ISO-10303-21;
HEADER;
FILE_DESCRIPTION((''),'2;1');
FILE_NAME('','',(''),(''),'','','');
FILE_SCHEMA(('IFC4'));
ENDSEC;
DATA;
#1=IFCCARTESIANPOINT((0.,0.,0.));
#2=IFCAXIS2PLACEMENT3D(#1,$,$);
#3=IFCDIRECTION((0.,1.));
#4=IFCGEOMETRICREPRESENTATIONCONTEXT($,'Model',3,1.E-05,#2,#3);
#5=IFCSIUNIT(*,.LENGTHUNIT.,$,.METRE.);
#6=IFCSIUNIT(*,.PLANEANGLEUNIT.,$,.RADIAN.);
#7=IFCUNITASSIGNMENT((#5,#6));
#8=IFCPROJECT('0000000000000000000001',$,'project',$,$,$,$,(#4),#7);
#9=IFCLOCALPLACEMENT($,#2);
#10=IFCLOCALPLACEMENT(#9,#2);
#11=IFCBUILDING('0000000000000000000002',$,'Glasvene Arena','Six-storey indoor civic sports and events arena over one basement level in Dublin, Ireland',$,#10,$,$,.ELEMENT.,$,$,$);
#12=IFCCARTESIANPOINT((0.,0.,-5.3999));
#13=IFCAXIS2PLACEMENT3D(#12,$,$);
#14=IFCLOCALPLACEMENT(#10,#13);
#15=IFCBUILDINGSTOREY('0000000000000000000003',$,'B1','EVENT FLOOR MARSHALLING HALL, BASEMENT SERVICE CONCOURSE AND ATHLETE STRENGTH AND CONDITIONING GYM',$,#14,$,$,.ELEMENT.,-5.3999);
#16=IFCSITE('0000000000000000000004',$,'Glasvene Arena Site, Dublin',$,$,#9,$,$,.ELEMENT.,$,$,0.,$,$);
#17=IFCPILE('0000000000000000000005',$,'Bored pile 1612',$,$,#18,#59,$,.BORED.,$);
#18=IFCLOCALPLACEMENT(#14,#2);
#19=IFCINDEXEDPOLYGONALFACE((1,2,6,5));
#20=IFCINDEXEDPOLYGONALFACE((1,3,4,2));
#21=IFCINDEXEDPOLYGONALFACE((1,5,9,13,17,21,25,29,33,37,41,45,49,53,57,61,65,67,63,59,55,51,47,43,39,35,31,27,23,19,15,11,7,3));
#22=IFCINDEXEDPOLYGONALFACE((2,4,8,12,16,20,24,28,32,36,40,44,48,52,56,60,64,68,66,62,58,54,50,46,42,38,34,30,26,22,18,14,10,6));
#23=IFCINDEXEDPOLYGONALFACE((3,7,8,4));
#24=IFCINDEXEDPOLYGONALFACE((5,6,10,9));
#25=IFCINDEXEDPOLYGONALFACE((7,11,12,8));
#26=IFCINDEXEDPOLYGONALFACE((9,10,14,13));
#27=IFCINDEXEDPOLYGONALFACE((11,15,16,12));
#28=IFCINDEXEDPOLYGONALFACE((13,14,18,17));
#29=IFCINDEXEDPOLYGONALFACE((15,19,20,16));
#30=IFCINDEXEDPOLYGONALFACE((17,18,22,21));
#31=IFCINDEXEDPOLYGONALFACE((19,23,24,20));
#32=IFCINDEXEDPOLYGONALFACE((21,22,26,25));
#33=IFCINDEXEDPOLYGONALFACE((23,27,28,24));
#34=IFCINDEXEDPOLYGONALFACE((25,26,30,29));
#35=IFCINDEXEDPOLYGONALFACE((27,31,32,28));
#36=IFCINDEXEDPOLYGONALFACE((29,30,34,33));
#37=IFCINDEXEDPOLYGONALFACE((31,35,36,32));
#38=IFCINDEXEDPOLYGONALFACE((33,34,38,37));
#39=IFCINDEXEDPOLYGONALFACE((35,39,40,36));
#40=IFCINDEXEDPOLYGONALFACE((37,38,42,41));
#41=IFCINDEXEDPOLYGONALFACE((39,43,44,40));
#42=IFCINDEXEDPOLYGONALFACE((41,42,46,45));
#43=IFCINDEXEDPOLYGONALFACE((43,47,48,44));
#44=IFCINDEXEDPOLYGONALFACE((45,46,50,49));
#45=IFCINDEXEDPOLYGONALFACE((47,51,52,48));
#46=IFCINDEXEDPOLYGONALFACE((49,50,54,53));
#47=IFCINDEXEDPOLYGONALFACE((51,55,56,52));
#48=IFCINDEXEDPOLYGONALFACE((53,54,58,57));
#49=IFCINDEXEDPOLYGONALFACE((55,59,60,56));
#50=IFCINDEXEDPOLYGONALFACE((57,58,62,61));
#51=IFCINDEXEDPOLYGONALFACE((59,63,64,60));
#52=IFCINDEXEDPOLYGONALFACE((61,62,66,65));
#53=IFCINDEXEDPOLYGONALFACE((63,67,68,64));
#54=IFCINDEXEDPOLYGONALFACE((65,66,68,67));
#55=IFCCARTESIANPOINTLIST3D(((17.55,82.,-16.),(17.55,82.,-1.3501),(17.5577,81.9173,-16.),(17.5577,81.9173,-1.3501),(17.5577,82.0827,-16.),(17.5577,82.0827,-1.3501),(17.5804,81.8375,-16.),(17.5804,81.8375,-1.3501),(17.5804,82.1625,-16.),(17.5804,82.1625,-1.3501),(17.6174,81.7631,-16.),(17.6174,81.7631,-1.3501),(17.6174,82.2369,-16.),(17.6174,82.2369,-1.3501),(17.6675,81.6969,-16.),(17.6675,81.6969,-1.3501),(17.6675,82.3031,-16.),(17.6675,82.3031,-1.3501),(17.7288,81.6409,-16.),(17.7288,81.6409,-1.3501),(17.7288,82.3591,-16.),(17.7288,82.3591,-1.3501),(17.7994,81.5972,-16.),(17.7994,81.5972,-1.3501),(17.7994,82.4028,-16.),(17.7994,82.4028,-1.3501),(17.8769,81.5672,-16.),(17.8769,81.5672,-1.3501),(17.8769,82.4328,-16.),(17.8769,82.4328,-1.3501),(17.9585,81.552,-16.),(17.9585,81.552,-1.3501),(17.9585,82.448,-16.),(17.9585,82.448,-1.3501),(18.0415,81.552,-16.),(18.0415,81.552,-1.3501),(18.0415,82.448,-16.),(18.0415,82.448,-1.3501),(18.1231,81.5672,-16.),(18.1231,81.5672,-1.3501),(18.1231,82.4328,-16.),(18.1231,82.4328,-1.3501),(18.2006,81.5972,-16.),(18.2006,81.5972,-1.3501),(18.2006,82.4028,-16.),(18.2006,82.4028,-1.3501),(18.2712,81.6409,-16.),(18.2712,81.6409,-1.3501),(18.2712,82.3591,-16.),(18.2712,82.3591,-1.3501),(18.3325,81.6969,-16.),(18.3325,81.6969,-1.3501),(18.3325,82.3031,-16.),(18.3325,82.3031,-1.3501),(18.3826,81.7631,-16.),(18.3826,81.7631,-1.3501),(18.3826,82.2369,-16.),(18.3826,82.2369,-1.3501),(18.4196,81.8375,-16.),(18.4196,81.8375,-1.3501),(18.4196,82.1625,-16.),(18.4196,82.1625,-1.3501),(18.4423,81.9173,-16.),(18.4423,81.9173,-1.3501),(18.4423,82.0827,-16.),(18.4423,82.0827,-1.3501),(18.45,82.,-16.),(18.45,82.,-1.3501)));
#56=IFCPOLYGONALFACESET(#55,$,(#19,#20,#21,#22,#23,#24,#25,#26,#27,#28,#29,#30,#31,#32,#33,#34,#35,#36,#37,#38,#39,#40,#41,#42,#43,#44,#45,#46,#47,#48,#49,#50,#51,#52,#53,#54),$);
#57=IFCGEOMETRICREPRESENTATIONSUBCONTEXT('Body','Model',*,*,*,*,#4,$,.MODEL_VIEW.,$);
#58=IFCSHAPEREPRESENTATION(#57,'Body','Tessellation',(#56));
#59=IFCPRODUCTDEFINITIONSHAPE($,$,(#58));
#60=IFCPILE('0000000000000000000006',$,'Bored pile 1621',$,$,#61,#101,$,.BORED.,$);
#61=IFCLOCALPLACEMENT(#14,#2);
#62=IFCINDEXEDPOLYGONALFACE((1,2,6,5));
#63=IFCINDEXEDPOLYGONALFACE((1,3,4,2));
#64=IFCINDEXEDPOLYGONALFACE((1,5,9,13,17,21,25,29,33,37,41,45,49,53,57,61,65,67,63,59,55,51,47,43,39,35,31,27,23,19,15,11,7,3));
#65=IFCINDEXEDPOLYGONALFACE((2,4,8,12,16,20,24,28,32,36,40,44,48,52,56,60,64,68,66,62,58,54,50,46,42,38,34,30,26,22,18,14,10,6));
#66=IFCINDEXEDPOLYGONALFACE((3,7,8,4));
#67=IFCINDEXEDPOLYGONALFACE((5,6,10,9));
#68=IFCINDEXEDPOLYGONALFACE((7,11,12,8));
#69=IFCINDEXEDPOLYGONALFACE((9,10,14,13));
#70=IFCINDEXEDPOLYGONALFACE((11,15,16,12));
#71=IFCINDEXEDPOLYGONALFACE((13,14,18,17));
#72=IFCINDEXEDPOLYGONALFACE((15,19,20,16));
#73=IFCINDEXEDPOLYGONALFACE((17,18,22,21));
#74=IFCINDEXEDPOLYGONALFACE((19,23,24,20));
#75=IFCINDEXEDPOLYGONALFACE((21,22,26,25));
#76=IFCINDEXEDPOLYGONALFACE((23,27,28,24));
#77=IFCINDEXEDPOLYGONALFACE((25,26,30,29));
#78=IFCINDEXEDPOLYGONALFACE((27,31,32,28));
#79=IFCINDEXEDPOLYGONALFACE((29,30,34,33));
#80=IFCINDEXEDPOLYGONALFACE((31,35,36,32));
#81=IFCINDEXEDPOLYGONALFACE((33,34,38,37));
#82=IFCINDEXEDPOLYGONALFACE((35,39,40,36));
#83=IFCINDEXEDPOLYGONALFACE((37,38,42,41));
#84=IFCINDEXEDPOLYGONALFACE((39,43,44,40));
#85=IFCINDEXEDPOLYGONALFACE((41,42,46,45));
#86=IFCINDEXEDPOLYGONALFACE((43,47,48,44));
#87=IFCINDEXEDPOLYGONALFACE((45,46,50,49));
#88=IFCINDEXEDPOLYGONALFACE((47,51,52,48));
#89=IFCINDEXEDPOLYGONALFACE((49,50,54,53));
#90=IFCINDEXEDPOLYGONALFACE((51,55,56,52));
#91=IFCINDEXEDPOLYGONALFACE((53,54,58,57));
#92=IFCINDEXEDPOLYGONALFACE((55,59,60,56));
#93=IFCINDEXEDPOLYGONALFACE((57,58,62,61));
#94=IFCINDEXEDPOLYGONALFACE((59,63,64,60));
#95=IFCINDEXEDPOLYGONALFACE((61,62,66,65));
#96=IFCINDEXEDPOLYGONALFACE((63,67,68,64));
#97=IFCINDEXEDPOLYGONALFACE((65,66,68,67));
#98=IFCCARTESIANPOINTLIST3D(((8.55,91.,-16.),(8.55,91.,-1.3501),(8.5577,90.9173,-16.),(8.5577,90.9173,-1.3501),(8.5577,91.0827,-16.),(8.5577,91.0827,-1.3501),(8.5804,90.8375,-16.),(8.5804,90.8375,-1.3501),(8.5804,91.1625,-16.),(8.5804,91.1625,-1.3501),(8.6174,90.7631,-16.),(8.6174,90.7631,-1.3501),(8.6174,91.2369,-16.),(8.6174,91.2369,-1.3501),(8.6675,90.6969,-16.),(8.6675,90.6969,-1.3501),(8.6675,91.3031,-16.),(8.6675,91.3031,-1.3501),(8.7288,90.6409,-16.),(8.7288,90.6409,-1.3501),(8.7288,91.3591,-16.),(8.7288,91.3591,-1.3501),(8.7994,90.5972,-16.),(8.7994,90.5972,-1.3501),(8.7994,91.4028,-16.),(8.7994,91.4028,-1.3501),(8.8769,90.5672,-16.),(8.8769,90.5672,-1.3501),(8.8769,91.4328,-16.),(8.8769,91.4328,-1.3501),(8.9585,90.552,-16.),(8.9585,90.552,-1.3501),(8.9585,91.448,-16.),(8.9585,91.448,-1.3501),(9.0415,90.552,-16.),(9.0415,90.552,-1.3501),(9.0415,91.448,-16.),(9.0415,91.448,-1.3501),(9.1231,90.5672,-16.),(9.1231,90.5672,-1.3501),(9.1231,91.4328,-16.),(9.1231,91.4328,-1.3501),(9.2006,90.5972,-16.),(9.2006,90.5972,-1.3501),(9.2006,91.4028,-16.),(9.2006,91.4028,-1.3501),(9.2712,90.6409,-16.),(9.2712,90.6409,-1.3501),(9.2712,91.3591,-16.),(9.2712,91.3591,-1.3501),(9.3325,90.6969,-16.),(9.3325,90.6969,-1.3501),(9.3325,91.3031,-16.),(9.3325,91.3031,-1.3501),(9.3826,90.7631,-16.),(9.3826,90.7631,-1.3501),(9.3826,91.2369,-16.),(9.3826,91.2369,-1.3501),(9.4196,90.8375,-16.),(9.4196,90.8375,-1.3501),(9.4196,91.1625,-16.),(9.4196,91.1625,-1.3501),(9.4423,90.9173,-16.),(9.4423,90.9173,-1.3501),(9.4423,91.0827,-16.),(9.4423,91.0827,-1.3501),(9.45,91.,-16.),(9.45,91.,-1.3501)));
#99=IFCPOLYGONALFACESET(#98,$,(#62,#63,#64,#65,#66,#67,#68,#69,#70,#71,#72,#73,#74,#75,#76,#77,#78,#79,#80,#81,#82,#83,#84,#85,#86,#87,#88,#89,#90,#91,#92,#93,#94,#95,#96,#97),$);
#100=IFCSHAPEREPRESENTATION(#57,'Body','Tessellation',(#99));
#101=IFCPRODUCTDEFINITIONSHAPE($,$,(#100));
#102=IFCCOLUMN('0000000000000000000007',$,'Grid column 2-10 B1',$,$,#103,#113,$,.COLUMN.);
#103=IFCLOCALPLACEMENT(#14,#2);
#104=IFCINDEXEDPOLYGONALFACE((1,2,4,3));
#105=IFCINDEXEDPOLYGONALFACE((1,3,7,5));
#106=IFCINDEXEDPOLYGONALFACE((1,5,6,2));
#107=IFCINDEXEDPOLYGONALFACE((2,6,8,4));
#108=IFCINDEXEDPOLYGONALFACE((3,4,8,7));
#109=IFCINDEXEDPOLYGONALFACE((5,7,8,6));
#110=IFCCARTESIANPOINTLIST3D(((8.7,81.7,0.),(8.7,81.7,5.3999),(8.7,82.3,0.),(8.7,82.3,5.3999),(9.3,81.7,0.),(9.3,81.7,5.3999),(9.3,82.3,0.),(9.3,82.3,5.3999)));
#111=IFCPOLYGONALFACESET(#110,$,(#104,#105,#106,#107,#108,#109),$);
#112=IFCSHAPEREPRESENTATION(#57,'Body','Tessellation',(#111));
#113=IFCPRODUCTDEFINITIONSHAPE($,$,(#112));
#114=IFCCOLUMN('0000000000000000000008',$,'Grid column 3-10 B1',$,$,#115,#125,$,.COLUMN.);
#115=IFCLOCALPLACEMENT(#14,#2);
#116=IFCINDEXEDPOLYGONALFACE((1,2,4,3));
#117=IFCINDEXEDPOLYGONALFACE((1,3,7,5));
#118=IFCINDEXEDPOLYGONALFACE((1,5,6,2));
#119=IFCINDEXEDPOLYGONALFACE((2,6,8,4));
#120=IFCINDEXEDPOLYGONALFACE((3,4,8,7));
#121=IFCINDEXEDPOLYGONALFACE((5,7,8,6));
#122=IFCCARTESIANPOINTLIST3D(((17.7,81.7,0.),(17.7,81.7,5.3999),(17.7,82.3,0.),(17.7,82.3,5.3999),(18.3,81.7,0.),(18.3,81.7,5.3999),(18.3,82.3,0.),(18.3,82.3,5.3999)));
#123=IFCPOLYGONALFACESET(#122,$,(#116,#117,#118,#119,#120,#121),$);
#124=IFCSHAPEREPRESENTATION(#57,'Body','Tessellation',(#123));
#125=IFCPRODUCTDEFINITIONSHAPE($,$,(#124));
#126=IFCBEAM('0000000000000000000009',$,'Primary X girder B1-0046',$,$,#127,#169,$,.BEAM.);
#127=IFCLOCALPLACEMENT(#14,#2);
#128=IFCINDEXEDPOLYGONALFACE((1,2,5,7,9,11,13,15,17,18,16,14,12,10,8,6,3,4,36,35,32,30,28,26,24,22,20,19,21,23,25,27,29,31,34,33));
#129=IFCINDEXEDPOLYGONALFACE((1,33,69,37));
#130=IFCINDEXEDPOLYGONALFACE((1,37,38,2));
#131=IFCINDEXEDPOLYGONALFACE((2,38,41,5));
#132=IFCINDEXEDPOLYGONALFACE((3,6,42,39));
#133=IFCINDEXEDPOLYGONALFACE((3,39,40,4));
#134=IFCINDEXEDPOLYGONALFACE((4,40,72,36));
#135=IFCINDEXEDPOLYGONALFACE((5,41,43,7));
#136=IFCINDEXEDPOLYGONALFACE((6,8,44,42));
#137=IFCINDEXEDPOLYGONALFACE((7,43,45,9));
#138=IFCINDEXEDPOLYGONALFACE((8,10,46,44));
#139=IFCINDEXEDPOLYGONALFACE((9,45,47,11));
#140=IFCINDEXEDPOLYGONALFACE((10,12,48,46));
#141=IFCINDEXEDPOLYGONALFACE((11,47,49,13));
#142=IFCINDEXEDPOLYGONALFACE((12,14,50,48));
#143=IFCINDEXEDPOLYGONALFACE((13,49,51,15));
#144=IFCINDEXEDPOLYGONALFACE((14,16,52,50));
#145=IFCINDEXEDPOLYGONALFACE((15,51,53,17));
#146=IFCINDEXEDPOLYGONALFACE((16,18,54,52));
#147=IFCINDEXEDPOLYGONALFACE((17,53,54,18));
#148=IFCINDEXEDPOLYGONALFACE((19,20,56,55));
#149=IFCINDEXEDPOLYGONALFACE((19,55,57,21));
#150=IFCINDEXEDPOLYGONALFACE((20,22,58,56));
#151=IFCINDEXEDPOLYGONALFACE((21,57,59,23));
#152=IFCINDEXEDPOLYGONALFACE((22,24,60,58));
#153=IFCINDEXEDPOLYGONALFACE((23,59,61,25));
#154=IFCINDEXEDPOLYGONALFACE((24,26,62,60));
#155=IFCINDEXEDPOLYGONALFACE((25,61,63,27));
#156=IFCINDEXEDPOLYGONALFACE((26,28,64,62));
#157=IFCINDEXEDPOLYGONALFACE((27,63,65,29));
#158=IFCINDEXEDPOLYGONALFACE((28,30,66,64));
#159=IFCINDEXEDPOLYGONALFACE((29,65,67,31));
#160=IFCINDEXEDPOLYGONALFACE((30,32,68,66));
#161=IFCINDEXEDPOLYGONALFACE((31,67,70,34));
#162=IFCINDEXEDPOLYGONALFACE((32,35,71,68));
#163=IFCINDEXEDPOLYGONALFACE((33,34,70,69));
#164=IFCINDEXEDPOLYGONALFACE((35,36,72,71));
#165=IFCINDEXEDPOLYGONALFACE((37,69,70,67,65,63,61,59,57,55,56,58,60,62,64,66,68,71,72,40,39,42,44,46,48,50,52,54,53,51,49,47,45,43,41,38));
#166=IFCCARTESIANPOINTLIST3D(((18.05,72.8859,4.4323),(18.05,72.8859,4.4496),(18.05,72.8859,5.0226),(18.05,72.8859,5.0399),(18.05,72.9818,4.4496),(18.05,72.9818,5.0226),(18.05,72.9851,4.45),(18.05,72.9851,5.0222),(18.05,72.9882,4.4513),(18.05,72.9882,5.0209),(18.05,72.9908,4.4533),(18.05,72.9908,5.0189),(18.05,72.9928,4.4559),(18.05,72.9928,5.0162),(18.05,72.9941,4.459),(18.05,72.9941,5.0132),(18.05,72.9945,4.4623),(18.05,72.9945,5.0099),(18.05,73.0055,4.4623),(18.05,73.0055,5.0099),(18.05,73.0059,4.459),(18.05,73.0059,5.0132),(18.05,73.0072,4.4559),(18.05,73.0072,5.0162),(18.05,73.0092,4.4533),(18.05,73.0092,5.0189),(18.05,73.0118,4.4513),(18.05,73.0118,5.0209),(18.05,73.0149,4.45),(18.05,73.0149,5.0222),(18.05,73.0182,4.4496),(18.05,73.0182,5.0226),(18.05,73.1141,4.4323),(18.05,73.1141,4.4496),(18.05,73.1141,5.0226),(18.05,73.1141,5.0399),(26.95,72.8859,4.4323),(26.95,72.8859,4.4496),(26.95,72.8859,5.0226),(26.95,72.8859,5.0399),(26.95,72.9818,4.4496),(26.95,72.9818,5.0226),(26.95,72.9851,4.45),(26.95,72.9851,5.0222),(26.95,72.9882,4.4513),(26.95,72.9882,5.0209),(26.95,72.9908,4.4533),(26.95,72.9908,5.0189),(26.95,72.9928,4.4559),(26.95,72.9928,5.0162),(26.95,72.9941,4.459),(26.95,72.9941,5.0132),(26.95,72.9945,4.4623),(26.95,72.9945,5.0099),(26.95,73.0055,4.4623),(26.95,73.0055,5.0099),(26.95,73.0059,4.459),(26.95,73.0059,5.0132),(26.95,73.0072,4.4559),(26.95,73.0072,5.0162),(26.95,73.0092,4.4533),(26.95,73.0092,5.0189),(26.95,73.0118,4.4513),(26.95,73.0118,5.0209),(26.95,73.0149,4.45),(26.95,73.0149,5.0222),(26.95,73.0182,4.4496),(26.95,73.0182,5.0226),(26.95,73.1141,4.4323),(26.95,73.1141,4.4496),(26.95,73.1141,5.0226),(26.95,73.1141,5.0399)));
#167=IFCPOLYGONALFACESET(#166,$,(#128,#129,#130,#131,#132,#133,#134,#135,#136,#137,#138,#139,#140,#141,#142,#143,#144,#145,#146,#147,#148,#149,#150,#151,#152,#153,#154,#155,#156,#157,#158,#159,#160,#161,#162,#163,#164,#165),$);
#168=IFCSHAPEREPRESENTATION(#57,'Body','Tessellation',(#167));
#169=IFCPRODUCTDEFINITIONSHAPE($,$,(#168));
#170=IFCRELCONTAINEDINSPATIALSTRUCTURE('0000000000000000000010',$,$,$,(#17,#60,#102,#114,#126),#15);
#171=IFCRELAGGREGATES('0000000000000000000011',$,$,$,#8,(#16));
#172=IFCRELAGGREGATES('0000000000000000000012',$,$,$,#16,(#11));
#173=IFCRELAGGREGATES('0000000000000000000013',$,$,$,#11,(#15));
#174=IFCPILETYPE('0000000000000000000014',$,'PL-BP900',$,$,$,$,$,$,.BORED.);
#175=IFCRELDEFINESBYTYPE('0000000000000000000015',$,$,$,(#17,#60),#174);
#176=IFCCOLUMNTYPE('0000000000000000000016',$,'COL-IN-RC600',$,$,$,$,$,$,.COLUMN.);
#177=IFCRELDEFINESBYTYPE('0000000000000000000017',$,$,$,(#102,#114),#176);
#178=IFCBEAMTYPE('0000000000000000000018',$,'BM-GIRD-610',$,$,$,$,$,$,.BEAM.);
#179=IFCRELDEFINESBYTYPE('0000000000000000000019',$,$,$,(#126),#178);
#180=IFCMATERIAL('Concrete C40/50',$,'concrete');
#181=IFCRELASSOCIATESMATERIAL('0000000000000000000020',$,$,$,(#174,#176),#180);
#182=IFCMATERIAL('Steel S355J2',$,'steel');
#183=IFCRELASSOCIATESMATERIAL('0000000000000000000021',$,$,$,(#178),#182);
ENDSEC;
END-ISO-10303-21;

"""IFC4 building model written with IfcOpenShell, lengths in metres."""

from ifc_helpers import new_model, si_unit, direction, frame, origin, origin_2d, place, context, subcontext, project, spatial, rectangle, circle, i_section, extrude, material, material_profile, profile_set, type_object, element, save


model = new_model("IFC4")

# Units and contexts
model_context = context("Model", 3, precision=1e-05, world=origin(), true_north=direction((0.0, 1.0)))
body_context = subcontext(model_context, "Body", "Model", "MODEL_VIEW")
ifc_project = project(units=[si_unit("LENGTHUNIT", "METRE"), si_unit("PLANEANGLEUNIT", "RADIAN")], contexts=[model_context])

# Site, building, storey
site_placement = place(None, origin())
site = spatial("IfcSite", under=ifc_project, at=site_placement, Name="Glasvene Arena Site, Dublin", CompositionType="ELEMENT", RefElevation=0.0)
building_placement = place(site_placement, origin())
building = spatial("IfcBuilding", under=site, at=building_placement, Name="Glasvene Arena", Description="Six-storey indoor civic sports and events arena over one basement level in Dublin, Ireland", CompositionType="ELEMENT")
storey_placement = place(building_placement, frame((0.0, 0.0, -5.3999)))
storey = spatial("IfcBuildingStorey", under=building, at=storey_placement, Name="B1", Description="EVENT FLOOR MARSHALLING HALL, BASEMENT SERVICE CONCOURSE AND ATHLETE STRENGTH AND CONDITIONING GYM", CompositionType="ELEMENT", Elevation=-5.3999)

# Shared definitions
ifc_material_1 = material(Name="Concrete C40/50", Category="concrete")

# Piles
ifc_material_profile_1 = material_profile(ifc_material_1, circle(Radius=0.45, at=origin_2d()), Name="BORED PILE 900")
ifc_profile_set_1 = profile_set([ifc_material_profile_1], Name="Concrete C40/50")
pile_type = type_object("IfcPileType", Name="PL-BP900", PredefinedType="BORED", material=ifc_profile_set_1)
for number, where, z_axis, x_axis, name in (
    (1, (18.0, 82.0, -1.3501), (0.0, 0.0, -1.0), (1.0, 0.0, 0.0), "Bored pile 1612"),
    (2, (9.0, 91.0, -1.3501), (0.0, 0.0, -1.0), (1.0, 0.0, 0.0), "Bored pile 1621"),
):
    element("IfcPile", number, at=place(storey_placement, frame(where, z_axis=z_axis, x_axis=x_axis)), inside=storey, type_object=pile_type, Name=name, PredefinedType="BORED", context=body_context, shape_type="SweptSolid", body=[
        extrude(circle(Radius=0.45, at=origin_2d()), origin(), (0.0, 0.0, 1.0), 14.6499),
    ])

# Columns
ifc_material_profile_2 = material_profile(ifc_material_1, rectangle(XDim=0.6001, YDim=0.6001, at=origin_2d()), Name="RC 600x600")
ifc_profile_set_2 = profile_set([ifc_material_profile_2], Name="Concrete C40/50")
column_type = type_object("IfcColumnType", Name="COL-IN-RC600", PredefinedType="COLUMN", material=ifc_profile_set_2)
for number, where, z_axis, x_axis, name in (
    (3, (9.0, 82.0, 0.0), (0.0, 0.0, 1.0), (1.0, 0.0, 0.0), "Grid column 2-10 B1"),
    (4, (18.0, 82.0, 0.0), (0.0, 0.0, 1.0), (1.0, 0.0, 0.0), "Grid column 3-10 B1"),
):
    element("IfcColumn", number, at=place(storey_placement, frame(where, z_axis=z_axis, x_axis=x_axis)), inside=storey, type_object=column_type, Name=name, PredefinedType="COLUMN", context=body_context, shape_type="SweptSolid", body=[
        extrude(rectangle(XDim=0.6001, YDim=0.6001, at=origin_2d()), origin(), (0.0, 0.0, 1.0), 5.3999),
    ])

# Beam
ifc_material_2 = material(Name="Steel S355J2", Category="steel")
ifc_material_profile_3 = material_profile(ifc_material_2, i_section(OverallWidth=0.2283, OverallDepth=0.6077, WebThickness=0.011, FlangeThickness=0.0173, FilletRadius=0.0127, at=origin_2d()), Name="UKB 610x229x113")
ifc_profile_set_3 = profile_set([ifc_material_profile_3], Name="Steel S355J2")
beam_type_1 = type_object("IfcBeamType", Name="BM-GIRD-610", PredefinedType="BEAM", material=ifc_profile_set_3)
beam_1_placement = place(storey_placement, frame((18.05, 73.0, 4.7361), z_axis=(1.0, 0.0, 0.0), x_axis=(0.0, 1.0, 0.0)))
element("IfcBeam", 5, at=beam_1_placement, inside=storey, type_object=beam_type_1, Name="Primary X girder B1-0046", PredefinedType="BEAM", context=body_context, shape_type="SweptSolid", body=[
    extrude(i_section(OverallWidth=0.2283, OverallDepth=0.6077, WebThickness=0.011, FlangeThickness=0.0173, FilletRadius=0.0127, at=origin_2d()), origin(), (0.0, 0.0, 1.0), 8.8999),
])

save(model, "model.ifc")
